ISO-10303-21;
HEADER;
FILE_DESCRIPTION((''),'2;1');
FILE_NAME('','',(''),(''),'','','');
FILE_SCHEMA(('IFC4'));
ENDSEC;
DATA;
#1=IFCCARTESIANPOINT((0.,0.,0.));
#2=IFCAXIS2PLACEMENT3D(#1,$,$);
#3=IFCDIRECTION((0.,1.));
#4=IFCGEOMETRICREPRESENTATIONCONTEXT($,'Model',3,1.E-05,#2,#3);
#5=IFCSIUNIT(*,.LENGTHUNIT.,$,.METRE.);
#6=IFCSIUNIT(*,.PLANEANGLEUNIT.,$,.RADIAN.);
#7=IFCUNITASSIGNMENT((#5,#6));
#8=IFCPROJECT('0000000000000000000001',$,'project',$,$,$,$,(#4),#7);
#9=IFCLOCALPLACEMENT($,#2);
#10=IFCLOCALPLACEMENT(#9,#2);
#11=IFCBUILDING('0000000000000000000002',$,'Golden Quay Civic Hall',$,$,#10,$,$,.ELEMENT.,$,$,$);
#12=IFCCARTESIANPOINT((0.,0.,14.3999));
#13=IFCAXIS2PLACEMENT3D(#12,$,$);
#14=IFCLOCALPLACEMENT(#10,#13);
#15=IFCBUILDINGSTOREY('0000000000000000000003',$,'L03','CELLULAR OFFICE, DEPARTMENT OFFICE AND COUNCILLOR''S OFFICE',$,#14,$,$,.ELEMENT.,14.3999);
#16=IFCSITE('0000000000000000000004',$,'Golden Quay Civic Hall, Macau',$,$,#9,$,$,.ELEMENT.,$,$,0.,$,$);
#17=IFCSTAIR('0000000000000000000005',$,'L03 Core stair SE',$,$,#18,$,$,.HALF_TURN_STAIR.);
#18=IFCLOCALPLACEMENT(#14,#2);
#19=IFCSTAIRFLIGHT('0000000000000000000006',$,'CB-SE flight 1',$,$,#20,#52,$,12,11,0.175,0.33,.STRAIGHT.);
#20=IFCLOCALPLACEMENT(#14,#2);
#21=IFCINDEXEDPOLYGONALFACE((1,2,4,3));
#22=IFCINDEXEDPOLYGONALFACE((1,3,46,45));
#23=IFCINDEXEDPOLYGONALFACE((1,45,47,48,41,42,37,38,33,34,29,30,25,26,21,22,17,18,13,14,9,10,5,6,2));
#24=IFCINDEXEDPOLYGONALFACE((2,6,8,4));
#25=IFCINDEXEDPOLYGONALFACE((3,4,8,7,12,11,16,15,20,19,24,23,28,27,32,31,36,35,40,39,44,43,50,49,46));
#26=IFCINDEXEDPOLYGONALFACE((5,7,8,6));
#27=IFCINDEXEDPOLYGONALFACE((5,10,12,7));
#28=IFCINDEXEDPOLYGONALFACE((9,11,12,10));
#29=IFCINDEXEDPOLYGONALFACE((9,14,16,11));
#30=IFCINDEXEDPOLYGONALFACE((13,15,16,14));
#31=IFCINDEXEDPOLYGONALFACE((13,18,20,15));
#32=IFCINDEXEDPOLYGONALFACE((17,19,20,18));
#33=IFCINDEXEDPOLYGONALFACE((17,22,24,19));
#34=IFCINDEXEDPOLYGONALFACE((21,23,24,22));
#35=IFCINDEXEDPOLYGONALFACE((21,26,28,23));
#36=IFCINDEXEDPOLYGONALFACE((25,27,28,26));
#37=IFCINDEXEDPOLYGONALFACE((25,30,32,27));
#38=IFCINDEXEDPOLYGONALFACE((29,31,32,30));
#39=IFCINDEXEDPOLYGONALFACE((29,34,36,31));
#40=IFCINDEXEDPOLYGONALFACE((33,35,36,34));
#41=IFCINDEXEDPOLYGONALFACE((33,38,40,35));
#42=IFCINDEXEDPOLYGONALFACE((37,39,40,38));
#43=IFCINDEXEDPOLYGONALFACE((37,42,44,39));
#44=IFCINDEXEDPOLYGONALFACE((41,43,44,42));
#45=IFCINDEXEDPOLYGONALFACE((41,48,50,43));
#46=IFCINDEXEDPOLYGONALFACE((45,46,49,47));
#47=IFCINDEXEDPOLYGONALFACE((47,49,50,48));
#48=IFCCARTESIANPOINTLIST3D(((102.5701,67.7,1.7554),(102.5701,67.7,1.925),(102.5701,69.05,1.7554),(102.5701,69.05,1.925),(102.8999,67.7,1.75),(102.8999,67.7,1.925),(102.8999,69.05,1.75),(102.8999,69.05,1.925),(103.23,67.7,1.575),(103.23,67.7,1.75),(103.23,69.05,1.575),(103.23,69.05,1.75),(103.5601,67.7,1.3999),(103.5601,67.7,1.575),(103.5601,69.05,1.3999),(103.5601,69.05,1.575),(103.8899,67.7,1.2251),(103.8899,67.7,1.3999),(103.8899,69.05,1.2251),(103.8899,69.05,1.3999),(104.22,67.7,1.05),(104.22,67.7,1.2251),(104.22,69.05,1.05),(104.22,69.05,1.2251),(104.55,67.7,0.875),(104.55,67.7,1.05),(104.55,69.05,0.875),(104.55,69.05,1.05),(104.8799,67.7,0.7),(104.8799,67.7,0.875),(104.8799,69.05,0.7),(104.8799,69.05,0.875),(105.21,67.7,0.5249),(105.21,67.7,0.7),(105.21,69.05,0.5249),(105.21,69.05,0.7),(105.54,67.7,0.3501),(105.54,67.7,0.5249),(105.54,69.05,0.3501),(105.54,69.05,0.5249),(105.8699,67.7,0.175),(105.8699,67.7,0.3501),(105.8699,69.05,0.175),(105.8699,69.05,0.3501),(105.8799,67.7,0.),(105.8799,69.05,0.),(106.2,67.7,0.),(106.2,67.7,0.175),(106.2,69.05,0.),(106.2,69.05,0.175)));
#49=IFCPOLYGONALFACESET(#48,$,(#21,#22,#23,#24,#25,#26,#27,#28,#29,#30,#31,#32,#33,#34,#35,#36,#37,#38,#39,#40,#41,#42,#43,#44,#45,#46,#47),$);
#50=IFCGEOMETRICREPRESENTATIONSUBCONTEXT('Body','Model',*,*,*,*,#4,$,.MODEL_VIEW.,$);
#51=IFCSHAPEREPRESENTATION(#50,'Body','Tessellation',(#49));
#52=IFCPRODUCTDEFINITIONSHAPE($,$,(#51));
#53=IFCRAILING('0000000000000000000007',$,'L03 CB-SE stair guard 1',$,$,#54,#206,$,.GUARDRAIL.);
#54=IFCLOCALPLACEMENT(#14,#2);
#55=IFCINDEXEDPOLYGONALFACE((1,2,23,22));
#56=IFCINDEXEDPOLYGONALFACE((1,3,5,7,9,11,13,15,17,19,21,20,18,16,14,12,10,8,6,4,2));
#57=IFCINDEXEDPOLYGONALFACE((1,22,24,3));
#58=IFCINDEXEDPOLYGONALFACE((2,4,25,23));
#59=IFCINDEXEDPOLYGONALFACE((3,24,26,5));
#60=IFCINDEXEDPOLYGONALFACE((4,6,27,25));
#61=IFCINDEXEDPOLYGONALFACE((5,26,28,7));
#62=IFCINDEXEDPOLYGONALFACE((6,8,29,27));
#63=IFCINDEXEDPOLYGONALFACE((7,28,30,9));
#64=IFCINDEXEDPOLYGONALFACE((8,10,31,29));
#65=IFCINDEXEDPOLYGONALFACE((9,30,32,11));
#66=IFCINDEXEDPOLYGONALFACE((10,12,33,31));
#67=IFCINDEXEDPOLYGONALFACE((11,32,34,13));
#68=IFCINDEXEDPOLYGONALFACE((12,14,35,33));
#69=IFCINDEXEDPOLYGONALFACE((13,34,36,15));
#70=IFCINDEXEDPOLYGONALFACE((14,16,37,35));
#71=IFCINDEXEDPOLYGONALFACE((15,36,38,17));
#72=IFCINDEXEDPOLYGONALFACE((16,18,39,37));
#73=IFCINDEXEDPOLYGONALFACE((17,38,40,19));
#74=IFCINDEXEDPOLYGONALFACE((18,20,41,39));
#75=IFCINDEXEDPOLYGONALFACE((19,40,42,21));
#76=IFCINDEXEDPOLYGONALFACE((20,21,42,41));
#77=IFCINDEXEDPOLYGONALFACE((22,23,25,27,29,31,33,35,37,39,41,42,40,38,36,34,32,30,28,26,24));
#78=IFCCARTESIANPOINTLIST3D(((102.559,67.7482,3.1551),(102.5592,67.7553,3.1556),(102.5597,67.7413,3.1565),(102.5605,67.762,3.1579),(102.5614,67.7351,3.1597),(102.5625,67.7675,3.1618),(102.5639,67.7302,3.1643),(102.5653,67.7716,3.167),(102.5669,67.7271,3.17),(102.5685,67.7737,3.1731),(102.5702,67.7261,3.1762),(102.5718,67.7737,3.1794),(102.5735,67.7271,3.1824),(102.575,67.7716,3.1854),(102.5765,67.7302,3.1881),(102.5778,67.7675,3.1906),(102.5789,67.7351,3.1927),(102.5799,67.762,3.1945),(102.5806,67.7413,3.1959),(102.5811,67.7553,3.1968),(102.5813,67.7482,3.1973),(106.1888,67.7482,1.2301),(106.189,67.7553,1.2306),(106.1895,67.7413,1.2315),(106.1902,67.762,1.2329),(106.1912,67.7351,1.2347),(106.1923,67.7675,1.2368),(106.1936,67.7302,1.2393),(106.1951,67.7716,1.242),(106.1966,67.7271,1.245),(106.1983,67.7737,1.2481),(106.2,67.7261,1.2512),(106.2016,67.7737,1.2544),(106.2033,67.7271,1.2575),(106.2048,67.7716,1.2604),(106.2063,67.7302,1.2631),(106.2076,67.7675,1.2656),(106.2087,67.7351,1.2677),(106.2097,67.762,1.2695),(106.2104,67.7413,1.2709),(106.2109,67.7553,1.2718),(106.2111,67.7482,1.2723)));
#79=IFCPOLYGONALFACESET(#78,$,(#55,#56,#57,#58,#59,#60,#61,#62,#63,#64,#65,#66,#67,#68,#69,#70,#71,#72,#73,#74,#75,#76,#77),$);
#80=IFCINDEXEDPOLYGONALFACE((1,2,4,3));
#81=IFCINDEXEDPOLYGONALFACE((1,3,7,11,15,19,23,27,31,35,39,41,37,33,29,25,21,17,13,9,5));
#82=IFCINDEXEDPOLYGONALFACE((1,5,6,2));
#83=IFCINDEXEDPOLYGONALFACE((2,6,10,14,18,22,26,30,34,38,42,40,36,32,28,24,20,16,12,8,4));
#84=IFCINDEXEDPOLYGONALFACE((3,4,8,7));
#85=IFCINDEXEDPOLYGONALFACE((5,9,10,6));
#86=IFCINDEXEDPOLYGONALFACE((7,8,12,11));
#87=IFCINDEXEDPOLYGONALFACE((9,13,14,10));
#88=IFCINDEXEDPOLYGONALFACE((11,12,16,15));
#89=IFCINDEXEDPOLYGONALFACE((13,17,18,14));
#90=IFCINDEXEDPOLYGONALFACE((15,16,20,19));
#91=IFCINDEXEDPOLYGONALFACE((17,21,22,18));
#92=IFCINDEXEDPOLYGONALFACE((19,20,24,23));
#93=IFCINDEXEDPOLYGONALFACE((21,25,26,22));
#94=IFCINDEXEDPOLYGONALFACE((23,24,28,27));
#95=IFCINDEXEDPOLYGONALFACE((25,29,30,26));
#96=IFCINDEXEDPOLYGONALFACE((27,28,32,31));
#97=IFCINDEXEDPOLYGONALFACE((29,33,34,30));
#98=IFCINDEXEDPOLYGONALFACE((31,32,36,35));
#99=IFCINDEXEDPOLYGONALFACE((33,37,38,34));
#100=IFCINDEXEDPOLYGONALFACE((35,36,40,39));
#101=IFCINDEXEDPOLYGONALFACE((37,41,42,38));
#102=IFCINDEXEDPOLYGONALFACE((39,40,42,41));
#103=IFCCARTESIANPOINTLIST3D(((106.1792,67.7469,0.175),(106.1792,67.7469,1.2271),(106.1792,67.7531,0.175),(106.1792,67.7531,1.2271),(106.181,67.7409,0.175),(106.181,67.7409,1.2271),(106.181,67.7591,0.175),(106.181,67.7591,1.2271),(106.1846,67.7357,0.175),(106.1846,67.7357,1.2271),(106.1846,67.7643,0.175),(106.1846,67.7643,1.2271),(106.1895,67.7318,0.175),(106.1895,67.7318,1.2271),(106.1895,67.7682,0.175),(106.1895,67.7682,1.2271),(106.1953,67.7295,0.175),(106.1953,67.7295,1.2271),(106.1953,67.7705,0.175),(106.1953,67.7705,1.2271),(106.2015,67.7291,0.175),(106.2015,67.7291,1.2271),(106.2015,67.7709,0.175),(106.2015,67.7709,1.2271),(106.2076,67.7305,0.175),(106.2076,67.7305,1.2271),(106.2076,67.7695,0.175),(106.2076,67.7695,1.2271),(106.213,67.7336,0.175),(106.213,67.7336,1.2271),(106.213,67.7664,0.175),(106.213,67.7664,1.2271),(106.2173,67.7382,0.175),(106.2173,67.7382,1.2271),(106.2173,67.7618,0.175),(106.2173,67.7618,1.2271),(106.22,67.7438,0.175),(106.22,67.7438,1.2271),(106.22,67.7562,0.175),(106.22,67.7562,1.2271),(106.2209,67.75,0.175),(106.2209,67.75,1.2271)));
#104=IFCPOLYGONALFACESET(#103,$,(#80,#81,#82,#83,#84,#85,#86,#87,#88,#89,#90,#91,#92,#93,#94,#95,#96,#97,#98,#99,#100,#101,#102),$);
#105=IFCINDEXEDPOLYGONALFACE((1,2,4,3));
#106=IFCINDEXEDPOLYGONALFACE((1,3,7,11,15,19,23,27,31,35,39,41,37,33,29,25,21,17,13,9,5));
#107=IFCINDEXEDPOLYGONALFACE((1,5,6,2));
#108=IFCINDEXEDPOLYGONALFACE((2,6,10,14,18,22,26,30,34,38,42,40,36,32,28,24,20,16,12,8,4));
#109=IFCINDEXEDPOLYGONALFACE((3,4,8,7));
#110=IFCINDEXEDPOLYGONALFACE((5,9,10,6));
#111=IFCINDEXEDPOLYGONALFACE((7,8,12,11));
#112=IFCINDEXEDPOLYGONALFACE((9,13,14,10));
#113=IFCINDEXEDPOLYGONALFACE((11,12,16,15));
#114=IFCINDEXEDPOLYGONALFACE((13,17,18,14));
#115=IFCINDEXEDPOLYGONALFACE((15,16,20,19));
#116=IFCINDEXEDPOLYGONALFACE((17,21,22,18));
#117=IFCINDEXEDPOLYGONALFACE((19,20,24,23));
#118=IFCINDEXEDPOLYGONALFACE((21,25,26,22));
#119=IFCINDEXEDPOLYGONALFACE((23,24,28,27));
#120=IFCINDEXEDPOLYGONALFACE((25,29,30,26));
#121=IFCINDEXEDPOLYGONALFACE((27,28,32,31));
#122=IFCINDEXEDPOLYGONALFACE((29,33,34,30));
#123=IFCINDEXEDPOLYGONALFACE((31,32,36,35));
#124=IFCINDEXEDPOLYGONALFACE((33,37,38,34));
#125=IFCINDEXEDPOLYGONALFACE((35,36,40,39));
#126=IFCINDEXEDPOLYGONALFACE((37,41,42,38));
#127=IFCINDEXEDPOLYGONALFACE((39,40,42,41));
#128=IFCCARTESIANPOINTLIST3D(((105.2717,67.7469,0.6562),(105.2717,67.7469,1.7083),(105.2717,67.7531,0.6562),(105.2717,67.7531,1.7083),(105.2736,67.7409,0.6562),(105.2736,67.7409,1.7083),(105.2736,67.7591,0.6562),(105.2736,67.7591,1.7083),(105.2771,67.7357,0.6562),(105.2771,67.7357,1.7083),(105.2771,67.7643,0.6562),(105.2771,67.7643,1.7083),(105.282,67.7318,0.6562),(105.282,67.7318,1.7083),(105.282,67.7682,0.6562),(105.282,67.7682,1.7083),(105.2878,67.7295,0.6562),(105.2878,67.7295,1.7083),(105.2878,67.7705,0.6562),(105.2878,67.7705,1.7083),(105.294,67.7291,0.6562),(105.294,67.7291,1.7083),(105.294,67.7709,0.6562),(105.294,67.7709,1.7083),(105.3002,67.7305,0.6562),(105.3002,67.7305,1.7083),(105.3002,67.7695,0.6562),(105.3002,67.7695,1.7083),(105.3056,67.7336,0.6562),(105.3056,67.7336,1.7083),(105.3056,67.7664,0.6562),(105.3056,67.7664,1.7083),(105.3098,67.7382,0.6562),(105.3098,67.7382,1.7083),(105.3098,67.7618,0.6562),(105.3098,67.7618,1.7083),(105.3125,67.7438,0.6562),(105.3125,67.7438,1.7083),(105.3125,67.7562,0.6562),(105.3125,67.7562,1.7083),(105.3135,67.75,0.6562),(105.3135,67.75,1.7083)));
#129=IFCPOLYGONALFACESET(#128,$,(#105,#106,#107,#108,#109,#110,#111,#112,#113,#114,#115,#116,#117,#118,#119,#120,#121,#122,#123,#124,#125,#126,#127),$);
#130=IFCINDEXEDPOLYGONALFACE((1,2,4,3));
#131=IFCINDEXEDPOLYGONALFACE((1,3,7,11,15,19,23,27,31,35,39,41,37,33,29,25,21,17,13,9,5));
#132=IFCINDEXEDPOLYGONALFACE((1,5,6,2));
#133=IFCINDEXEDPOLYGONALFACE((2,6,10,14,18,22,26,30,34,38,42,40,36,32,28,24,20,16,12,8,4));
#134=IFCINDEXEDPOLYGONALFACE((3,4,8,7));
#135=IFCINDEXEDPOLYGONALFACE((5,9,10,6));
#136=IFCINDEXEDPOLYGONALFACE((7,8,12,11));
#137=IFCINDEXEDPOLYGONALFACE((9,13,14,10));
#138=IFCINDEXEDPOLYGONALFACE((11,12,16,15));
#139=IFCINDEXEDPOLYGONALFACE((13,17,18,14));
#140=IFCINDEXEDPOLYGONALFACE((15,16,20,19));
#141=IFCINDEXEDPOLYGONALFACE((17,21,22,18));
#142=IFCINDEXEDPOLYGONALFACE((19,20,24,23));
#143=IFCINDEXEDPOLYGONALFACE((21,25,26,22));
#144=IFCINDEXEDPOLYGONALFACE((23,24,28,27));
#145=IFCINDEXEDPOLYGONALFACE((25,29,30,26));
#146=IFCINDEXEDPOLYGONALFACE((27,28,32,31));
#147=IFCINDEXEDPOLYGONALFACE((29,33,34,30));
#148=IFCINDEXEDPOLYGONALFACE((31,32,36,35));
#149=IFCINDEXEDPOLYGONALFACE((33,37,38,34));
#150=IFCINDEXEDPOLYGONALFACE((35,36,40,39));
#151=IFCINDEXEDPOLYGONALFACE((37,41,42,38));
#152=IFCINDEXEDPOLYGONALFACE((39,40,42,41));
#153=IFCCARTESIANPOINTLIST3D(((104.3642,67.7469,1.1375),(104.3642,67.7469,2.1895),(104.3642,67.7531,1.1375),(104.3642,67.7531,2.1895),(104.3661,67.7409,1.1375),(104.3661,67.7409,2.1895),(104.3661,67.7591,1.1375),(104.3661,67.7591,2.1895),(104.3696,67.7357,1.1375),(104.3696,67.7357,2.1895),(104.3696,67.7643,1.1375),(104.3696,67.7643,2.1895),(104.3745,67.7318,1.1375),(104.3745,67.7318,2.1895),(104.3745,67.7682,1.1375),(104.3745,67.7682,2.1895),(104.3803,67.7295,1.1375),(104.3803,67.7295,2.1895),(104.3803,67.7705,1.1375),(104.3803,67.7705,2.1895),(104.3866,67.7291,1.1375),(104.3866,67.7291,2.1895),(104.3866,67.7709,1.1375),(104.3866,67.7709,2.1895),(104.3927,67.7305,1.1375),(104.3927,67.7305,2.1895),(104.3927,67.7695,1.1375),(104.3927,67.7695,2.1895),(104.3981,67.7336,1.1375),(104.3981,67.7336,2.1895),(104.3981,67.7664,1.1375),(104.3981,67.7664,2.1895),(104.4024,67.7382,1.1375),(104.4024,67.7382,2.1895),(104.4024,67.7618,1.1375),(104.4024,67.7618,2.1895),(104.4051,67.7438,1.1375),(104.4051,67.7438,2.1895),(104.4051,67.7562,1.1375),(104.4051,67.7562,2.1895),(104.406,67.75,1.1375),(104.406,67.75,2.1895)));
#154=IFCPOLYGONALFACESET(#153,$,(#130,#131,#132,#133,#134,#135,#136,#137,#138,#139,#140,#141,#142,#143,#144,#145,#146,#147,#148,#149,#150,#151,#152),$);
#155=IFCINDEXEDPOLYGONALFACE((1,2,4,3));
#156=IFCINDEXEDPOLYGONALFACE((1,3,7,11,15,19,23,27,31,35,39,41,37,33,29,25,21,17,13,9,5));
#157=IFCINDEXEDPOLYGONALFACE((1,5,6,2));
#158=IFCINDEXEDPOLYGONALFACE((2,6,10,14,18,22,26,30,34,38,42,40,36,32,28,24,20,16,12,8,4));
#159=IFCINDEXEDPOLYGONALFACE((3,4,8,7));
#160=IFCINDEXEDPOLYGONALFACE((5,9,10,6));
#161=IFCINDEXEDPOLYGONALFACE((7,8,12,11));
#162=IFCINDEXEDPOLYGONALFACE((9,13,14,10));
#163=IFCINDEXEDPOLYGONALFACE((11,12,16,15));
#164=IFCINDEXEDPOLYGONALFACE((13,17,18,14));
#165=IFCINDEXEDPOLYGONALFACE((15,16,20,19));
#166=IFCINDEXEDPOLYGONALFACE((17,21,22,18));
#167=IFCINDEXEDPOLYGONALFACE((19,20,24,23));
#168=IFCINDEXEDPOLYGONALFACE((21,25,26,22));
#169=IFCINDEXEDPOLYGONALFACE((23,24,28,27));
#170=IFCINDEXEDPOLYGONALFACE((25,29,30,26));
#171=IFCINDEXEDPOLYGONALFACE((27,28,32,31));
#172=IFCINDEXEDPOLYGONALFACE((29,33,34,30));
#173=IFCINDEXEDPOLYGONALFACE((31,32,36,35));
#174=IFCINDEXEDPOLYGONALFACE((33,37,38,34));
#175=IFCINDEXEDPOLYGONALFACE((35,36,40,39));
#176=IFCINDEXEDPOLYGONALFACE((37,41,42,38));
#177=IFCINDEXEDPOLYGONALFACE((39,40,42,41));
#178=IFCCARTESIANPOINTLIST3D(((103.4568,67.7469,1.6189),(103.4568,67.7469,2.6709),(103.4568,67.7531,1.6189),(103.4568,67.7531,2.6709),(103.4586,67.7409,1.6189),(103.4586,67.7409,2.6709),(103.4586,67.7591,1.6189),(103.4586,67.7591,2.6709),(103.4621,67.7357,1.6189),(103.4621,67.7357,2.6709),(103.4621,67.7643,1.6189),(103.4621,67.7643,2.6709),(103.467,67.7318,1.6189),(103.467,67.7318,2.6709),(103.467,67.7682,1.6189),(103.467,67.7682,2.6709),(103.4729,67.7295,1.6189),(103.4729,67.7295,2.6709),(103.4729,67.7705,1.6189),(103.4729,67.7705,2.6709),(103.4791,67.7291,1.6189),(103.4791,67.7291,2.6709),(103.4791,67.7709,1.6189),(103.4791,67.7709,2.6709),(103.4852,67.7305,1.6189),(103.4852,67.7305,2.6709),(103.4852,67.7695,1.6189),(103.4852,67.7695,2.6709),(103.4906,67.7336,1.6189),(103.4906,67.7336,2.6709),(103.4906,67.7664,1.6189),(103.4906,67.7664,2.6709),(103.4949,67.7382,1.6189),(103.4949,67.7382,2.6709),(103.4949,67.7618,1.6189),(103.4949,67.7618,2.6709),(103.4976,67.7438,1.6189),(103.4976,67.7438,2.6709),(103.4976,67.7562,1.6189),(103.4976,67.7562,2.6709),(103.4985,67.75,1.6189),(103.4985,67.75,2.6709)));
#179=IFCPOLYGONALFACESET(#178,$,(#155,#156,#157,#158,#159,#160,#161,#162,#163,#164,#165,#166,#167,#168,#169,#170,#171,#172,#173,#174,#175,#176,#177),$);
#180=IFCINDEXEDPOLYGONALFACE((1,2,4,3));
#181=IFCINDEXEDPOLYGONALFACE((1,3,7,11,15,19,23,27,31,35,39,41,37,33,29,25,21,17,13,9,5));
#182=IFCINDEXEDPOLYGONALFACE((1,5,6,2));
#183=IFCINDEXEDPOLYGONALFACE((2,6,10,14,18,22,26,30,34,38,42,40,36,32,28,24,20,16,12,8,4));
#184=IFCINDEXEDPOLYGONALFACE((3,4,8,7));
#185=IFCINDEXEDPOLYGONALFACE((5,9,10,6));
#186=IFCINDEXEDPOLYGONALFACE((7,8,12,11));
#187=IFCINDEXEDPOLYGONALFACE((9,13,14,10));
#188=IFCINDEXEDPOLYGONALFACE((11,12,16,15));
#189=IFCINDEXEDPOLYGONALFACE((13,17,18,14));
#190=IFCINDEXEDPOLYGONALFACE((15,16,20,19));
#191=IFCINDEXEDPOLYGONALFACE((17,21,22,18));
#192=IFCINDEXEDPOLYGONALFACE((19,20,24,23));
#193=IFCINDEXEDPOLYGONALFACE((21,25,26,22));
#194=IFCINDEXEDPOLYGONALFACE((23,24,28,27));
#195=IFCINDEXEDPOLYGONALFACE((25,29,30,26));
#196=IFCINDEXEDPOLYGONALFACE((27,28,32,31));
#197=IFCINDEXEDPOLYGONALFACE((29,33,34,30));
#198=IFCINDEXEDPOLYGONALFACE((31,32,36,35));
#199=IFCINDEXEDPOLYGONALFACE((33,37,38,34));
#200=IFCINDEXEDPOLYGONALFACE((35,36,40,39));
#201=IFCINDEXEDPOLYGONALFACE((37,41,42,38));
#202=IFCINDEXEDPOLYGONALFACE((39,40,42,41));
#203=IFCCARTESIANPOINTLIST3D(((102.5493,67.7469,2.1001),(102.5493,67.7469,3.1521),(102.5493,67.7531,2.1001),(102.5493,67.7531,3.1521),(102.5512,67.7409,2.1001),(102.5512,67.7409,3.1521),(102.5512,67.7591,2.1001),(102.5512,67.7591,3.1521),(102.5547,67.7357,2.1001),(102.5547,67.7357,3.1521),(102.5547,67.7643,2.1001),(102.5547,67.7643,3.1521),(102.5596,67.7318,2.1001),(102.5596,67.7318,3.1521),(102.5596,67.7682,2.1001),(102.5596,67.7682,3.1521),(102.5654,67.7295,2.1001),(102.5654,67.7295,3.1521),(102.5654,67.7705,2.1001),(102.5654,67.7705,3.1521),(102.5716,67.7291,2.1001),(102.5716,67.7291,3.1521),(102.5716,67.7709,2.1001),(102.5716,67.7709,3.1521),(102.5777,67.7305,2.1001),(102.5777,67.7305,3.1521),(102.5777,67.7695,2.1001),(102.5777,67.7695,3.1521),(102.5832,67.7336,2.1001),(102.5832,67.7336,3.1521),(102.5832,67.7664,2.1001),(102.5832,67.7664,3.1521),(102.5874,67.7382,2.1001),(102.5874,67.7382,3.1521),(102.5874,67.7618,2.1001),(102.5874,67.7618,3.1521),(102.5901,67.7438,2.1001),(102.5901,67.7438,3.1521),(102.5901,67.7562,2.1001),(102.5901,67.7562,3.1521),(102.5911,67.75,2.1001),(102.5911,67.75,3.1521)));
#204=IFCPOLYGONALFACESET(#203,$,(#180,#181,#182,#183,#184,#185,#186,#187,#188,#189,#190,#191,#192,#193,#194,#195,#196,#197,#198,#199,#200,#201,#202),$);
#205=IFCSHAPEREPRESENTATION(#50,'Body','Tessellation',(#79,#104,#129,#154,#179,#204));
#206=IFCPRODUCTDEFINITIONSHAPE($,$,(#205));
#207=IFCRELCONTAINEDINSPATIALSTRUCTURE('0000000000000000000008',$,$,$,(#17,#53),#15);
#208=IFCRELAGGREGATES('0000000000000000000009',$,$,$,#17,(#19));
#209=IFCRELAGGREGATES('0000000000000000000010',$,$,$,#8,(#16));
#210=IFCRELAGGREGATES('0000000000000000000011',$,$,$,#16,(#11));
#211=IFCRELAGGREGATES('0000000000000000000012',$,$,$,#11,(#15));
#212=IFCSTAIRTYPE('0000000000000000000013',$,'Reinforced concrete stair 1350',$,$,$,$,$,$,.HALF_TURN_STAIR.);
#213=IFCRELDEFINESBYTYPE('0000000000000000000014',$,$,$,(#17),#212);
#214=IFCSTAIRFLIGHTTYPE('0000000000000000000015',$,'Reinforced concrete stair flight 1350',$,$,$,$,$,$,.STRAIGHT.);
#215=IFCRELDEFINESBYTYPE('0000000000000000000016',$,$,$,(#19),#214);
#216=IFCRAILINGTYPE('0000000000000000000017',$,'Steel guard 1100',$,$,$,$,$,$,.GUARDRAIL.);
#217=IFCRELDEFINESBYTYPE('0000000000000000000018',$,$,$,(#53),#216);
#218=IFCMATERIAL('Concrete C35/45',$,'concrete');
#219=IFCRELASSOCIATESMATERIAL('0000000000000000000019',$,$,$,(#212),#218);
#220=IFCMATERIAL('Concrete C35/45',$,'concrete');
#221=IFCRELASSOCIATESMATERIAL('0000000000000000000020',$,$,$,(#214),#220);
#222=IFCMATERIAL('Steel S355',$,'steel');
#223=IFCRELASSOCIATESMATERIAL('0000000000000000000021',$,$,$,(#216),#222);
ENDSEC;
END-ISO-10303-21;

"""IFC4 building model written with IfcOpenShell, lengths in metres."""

from ifc_helpers import new_model, si_unit, direction, frame, origin, origin_2d, place, context, subcontext, project, spatial, polyline, circle, outline, extrude, material, type_object, element, aggregate, save


model = new_model("IFC4")

# Units and contexts
model_context = context("Model", 3, precision=1e-05, world=origin(), true_north=direction((0.0, 1.0)))
body_context = subcontext(model_context, "Body", "Model", "MODEL_VIEW")
ifc_project = project(units=[si_unit("LENGTHUNIT", "METRE"), si_unit("PLANEANGLEUNIT", "RADIAN")], contexts=[model_context])

# Site, building, storey
site_placement = place(None, origin())
site = spatial("IfcSite", under=ifc_project, at=site_placement, Name="Golden Quay Civic Hall, Macau", CompositionType="ELEMENT", RefElevation=0.0)
building_placement = place(site_placement, origin())
building = spatial("IfcBuilding", under=site, at=building_placement, Name="Golden Quay Civic Hall", CompositionType="ELEMENT")
storey_placement = place(building_placement, frame((0.0, 0.0, 14.3999)))
storey = spatial("IfcBuildingStorey", under=building, at=storey_placement, Name="L03", Description="CELLULAR OFFICE, DEPARTMENT OFFICE AND COUNCILLOR'S OFFICE", CompositionType="ELEMENT", Elevation=14.3999)

# Stair, stair flight
ifc_material_1 = material(Name="Concrete C35/45", Category="concrete")
stair_type = type_object("IfcStairType", Name="Reinforced concrete stair 1350", PredefinedType="HALF_TURN_STAIR", material=ifc_material_1)
stair_placement = place(storey_placement, origin())
stair = element("IfcStair", 1, at=stair_placement, inside=storey, type_object=stair_type, Name="L03 Core stair SE", PredefinedType="HALF_TURN_STAIR")
ifc_material_2 = material(Name="Concrete C35/45", Category="concrete")
stair_flight_type = type_object("IfcStairFlightType", Name="Reinforced concrete stair flight 1350", PredefinedType="STRAIGHT", material=ifc_material_2)
stair_flight_placement = place(storey_placement, frame((106.2, 68.375, 0.0), z_axis=(0.0, 0.0, 1.0), x_axis=(-1.0, 0.0, 0.0)))
stair_flight = element("IfcStairFlight", 2, at=stair_flight_placement, type_object=stair_flight_type, Name="CB-SE flight 1", NumberOfRisers=12, NumberOfTreads=11, PredefinedType="STRAIGHT", RiserHeight=0.175, TreadLength=0.33, context=body_context, shape_type="SweptSolid", body=[
    extrude(outline(polyline([(0.0, 0.0), (0.0, 0.175), (0.3301, 0.175), (0.3301, 0.3501), (0.6599, 0.3501), (0.6599, 0.5249), (0.99, 0.5249), (0.99, 0.7), (1.3201, 0.7), (1.3201, 0.875), (1.6499, 0.875), (1.6499, 1.05), (1.98, 1.05), (1.98, 1.2251), (2.3101, 1.2251), (2.3101, 1.3999), (2.6399, 1.3999), (2.6399, 1.575), (2.97, 1.575), (2.97, 1.75), (3.3, 1.75), (3.3, 1.925), (3.6299, 1.925), (3.6299, 2.1001), (3.6299, 1.7554), (0.3201, 0.0), (0.0, 0.0)])), frame((0.0, 0.675, 0.0), z_axis=(0.0, -1.0, 0.0), x_axis=(1.0, 0.0, 0.0)), (0.0, 0.0, 1.0), 1.35),
])
aggregate(stair, [stair_flight])

# Railing
ifc_material_3 = material(Name="Steel S355", Category="steel")
railing_type_1 = type_object("IfcRailingType", Name="Steel guard 1100", PredefinedType="GUARDRAIL", material=ifc_material_3)
railing_1_placement = place(storey_placement, frame((106.2, 67.75, 0.175)))
element("IfcRailing", 3, at=railing_1_placement, inside=storey, type_object=railing_type_1, Name="L03 CB-SE stair guard 1", PredefinedType="GUARDRAIL", context=body_context, shape_type="SweptSolid", body=[
    extrude(circle(Radius=0.0239, at=origin_2d()), frame((0.0, 0.0, 1.0762), z_axis=(-0.883451, 0.0, 0.468524), x_axis=(0.0, -1.0, 0.0)), (0.0, 0.0, 1.0), 4.1086),
    extrude(circle(Radius=0.021, at=origin_2d()), origin(), (0.0, 0.0, 1.0), 1.052),
    extrude(circle(Radius=0.021, at=origin_2d()), frame((-0.9075, 0.0, 0.4812)), (0.0, 0.0, 1.0), 1.052),
    extrude(circle(Radius=0.021, at=origin_2d()), frame((-1.8149, 0.0, 0.9624)), (0.0, 0.0, 1.0), 1.052),
    extrude(circle(Radius=0.021, at=origin_2d()), frame((-2.7224, 0.0, 1.4438)), (0.0, 0.0, 1.0), 1.052),
    extrude(circle(Radius=0.021, at=origin_2d()), frame((-3.6299, 0.0, 1.925)), (0.0, 0.0, 1.0), 1.052),
])

save(model, "model.ifc")
